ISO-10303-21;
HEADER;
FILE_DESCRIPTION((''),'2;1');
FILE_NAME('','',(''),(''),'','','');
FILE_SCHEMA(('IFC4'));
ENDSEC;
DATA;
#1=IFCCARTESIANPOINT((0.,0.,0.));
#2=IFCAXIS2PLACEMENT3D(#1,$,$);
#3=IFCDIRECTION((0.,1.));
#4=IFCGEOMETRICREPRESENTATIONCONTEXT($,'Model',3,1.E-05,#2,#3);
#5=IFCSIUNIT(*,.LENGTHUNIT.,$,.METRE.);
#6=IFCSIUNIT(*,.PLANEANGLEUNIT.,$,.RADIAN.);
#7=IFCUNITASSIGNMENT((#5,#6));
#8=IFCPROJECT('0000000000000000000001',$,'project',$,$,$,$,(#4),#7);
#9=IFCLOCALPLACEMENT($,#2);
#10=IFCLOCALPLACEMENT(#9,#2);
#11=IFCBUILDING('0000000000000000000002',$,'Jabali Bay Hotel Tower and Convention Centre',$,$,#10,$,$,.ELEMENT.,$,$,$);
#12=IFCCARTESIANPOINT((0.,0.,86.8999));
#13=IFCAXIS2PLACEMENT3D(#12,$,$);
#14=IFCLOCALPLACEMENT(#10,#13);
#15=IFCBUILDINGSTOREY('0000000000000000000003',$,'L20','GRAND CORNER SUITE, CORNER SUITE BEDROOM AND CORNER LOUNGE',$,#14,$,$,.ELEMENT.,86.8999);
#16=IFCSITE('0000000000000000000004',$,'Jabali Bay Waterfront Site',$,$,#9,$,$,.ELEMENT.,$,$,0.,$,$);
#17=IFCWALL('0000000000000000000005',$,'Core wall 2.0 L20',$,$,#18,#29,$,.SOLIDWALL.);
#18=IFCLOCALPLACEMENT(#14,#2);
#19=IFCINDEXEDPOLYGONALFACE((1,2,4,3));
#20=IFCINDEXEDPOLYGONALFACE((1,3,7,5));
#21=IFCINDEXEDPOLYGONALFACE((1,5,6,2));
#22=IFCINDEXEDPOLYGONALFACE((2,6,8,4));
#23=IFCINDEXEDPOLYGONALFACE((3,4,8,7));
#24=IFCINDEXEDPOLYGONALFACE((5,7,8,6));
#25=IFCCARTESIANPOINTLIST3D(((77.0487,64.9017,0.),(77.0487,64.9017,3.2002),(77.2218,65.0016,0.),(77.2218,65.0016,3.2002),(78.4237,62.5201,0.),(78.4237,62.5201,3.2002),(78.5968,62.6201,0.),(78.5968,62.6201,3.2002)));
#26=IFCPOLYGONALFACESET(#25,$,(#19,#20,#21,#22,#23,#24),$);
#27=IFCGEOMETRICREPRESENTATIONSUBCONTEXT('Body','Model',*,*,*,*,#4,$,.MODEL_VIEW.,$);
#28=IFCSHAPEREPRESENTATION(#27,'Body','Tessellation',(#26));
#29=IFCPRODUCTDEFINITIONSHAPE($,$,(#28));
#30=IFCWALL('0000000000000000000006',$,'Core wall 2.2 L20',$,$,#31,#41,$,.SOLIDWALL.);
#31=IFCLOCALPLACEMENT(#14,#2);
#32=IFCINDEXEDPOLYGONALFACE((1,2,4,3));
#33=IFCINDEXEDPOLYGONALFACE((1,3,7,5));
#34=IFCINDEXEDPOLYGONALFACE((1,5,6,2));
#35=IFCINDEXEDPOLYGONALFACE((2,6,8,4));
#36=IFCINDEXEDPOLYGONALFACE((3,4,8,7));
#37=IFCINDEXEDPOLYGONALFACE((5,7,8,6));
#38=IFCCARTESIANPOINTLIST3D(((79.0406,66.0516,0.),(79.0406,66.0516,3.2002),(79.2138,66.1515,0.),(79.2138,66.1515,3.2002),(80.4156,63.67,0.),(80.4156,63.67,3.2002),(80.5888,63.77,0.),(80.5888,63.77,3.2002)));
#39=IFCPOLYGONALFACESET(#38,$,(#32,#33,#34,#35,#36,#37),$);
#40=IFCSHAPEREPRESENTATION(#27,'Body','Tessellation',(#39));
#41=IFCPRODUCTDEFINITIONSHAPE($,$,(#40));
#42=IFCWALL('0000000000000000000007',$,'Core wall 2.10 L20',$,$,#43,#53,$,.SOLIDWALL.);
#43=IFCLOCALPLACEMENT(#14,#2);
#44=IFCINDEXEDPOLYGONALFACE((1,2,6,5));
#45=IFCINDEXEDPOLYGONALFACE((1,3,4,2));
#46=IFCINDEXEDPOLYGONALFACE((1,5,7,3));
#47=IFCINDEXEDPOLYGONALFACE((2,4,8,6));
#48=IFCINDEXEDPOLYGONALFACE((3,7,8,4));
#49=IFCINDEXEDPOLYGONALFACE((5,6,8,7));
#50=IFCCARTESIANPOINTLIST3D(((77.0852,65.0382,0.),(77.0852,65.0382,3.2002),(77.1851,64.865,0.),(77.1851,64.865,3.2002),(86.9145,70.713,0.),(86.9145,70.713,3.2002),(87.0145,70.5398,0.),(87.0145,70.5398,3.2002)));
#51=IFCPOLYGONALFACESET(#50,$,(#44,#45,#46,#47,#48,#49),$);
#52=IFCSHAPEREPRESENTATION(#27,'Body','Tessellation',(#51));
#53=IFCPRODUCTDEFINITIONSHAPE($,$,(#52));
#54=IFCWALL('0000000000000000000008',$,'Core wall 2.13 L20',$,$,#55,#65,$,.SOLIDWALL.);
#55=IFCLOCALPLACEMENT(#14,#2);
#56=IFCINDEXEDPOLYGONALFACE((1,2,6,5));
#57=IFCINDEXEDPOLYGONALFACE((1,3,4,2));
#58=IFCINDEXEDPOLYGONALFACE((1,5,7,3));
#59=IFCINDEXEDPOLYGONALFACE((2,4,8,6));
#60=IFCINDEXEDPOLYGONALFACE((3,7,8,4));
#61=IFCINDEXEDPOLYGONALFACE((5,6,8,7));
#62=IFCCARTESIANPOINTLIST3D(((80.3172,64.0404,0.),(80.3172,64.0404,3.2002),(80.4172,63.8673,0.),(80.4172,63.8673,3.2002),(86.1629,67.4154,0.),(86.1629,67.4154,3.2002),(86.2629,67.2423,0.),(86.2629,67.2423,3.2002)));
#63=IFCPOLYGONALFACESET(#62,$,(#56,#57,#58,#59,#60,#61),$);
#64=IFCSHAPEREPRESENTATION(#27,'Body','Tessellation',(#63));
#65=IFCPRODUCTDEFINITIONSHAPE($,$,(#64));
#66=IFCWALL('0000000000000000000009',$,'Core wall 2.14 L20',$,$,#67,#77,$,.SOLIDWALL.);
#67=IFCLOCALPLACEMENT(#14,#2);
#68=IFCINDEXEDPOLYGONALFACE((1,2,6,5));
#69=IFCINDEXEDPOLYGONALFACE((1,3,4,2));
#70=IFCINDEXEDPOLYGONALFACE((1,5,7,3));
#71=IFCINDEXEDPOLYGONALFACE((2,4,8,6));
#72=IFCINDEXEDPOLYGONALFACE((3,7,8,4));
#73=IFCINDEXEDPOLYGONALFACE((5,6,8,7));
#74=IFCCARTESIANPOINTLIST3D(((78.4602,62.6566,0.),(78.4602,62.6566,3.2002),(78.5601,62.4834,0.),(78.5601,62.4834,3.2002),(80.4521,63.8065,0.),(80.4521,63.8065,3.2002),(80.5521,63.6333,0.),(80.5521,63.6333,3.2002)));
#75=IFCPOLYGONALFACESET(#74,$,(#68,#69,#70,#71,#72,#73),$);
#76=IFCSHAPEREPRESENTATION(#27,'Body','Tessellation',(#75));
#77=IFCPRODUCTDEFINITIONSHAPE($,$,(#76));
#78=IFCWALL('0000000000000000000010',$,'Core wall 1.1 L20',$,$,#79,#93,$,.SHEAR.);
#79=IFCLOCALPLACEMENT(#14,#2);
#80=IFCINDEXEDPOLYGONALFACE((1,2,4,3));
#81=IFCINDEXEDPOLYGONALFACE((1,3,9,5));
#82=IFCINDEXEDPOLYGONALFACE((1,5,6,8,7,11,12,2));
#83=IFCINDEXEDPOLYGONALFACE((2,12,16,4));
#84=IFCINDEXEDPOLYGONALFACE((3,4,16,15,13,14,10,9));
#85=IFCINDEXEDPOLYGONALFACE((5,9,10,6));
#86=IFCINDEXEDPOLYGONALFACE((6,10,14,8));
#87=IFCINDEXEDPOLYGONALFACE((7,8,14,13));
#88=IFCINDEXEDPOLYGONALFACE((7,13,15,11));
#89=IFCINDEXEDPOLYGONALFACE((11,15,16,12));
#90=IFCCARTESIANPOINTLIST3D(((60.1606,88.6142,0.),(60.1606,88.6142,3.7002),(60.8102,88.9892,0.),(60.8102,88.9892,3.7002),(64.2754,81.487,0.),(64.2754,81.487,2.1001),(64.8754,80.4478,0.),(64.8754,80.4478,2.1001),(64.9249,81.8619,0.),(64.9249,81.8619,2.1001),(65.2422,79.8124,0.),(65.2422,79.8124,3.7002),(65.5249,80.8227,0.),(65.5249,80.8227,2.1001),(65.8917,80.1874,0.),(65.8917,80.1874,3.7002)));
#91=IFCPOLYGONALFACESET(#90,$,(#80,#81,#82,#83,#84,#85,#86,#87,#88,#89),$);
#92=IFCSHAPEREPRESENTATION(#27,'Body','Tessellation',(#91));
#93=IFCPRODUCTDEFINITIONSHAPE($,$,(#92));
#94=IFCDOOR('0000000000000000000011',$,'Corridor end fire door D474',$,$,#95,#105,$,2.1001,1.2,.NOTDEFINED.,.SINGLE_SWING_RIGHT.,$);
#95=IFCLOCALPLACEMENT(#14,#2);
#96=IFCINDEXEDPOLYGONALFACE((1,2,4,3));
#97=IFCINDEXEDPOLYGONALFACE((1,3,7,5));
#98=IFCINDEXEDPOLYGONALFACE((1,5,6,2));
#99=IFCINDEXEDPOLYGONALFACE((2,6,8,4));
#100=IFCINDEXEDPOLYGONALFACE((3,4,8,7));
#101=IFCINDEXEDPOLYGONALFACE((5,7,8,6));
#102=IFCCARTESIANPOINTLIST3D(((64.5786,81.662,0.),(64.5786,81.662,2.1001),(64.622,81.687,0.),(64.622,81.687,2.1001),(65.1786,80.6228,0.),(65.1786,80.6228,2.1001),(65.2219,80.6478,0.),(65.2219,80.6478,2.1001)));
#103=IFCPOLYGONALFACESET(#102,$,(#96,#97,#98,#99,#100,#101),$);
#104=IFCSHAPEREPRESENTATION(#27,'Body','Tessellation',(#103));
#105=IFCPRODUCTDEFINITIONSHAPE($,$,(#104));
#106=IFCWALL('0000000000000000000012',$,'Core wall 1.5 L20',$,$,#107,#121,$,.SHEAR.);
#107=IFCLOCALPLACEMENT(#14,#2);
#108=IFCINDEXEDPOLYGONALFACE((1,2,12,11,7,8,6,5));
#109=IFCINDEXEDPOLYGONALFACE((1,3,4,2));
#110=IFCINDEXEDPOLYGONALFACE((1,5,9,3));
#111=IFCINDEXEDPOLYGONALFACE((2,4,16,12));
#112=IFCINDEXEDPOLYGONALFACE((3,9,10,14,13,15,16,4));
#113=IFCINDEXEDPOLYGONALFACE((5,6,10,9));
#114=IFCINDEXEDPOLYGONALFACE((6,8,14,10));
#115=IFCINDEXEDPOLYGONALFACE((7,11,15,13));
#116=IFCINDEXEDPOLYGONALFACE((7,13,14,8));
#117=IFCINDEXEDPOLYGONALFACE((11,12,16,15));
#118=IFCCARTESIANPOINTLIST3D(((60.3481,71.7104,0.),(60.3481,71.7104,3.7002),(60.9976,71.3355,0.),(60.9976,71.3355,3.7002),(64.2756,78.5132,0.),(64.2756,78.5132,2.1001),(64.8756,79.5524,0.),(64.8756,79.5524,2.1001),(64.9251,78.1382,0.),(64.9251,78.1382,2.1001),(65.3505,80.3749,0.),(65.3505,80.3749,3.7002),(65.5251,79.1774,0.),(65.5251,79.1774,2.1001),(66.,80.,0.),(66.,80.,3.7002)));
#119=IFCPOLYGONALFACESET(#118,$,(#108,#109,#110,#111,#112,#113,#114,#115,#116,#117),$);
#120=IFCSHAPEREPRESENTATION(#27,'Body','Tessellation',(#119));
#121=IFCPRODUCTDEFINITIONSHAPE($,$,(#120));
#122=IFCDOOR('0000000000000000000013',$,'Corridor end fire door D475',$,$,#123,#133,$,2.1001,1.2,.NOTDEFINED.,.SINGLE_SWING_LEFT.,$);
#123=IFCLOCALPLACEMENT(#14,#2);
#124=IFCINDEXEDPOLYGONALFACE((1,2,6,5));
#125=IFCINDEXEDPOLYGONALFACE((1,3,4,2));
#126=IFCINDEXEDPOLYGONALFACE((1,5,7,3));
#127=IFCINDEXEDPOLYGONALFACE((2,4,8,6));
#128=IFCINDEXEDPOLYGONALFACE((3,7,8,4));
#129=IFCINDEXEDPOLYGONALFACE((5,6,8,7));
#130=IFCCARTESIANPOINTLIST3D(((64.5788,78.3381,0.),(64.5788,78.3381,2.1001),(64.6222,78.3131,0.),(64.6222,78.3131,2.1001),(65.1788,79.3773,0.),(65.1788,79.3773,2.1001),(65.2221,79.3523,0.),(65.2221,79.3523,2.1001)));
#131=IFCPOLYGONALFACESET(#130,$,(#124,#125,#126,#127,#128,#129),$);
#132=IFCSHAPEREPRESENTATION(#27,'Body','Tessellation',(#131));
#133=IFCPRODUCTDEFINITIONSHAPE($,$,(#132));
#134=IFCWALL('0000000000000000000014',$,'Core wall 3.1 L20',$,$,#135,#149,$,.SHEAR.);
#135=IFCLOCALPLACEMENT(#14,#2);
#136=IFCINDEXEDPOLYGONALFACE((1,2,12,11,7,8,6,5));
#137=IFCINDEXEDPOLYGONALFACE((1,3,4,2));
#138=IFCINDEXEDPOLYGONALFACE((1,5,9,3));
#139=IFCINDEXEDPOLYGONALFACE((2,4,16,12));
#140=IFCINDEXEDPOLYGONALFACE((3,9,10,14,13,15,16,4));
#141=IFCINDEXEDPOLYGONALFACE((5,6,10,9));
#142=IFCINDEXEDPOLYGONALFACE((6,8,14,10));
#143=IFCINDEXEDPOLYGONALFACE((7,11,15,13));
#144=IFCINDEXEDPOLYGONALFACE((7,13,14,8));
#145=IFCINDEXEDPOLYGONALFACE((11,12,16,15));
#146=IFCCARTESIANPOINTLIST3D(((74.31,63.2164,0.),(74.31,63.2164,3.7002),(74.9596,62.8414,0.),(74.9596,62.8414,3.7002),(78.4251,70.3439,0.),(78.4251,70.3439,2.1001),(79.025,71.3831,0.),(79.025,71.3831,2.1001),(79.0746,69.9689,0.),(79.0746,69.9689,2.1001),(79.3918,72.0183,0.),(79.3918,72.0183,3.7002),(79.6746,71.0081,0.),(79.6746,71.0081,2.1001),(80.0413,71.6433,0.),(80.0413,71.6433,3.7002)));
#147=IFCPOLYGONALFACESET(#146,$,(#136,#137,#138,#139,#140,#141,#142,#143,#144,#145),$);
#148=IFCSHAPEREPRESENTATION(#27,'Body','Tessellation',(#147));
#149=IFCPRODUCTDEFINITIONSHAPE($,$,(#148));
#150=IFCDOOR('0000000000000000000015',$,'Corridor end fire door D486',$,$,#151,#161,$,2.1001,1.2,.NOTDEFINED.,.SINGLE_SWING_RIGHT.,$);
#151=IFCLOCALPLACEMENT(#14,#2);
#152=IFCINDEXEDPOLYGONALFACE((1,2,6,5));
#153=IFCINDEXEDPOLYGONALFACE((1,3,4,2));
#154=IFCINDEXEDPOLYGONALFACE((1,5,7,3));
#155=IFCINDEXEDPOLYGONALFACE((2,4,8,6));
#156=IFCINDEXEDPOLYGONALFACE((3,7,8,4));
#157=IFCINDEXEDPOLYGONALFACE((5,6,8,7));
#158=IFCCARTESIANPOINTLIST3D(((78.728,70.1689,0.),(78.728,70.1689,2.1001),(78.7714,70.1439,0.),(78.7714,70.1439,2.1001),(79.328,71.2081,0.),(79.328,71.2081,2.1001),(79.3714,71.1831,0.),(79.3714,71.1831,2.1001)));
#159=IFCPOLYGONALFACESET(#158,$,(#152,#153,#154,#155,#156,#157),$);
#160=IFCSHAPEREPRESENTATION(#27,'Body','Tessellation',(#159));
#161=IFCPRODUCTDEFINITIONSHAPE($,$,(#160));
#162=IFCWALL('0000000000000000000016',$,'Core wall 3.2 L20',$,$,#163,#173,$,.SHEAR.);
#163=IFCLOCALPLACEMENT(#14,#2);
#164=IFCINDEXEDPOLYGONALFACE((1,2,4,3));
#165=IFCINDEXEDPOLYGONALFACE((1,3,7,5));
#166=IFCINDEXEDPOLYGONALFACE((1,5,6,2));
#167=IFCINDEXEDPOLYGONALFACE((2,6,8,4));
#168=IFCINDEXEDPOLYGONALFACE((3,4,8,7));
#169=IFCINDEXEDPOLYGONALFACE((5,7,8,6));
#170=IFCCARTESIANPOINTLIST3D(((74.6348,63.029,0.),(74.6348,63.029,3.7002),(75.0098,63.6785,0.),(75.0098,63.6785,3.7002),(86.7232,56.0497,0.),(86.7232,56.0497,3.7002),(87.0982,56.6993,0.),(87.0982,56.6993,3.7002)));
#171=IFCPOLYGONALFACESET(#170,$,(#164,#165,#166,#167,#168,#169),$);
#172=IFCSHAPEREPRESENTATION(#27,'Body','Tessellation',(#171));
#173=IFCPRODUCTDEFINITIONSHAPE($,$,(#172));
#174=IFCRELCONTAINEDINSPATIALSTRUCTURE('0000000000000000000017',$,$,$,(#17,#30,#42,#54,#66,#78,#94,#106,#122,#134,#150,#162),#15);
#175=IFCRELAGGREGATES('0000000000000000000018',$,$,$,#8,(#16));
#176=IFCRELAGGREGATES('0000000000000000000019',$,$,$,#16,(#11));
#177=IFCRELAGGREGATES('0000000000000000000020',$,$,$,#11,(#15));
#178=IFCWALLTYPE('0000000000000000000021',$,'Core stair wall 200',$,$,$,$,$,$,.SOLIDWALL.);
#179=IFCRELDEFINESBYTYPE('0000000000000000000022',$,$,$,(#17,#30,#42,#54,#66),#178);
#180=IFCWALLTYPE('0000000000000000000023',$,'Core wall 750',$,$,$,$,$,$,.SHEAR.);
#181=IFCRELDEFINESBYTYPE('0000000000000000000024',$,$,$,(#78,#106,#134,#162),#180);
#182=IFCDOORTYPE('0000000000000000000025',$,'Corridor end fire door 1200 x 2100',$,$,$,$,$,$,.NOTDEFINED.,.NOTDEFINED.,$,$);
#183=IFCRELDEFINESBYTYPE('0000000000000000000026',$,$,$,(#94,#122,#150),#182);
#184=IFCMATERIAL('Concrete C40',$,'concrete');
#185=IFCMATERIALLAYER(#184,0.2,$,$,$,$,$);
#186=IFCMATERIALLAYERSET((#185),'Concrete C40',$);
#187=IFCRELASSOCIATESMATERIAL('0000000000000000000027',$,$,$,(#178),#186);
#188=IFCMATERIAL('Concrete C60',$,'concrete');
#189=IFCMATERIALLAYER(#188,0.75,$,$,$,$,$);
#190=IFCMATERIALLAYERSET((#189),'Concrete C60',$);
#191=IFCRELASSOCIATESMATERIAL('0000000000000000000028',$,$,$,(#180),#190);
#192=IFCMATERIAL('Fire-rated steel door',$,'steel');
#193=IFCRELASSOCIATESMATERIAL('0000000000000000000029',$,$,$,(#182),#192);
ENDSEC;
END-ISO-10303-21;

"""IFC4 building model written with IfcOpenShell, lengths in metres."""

from ifc_helpers import new_model, si_unit, direction, frame, frame_2d, origin, place, context, subcontext, project, spatial, rectangle, extrude, material, layer, layer_set, type_object, element, fill, save


model = new_model("IFC4")

# Units and contexts
model_context = context("Model", 3, precision=1e-05, world=origin(), true_north=direction((0.0, 1.0)))
body_context = subcontext(model_context, "Body", "Model", "MODEL_VIEW")
ifc_project = project(units=[si_unit("LENGTHUNIT", "METRE"), si_unit("PLANEANGLEUNIT", "RADIAN")], contexts=[model_context])

# Site, building, storey
site_placement = place(None, origin())
site = spatial("IfcSite", under=ifc_project, at=site_placement, Name="Jabali Bay Waterfront Site", CompositionType="ELEMENT", RefElevation=0.0)
building_placement = place(site_placement, origin())
building = spatial("IfcBuilding", under=site, at=building_placement, Name="Jabali Bay Hotel Tower and Convention Centre", CompositionType="ELEMENT")
storey_placement = place(building_placement, frame((0.0, 0.0, 86.8999)))
storey = spatial("IfcBuildingStorey", under=building, at=storey_placement, Name="L20", Description="GRAND CORNER SUITE, CORNER SUITE BEDROOM AND CORNER LOUNGE", CompositionType="ELEMENT", Elevation=86.8999)

# Shared definitions
ifc_material_1 = material(Name="Concrete C40", Category="concrete")
ifc_material_2 = material(Name="Fire-rated steel door", Category="steel")

# Shared definitions
ifc_layer_1 = layer(ifc_material_1, 0.2)
ifc_layer_set_1 = layer_set([ifc_layer_1], Name="Concrete C40")
wall_type_1 = type_object("IfcWallType", Name="Core stair wall 200", PredefinedType="SOLIDWALL", material=ifc_layer_set_1)

# Walls
for number, where, z_axis, x_axis, name in (
    (1, (77.1353, 64.9517, 0.0), (0.0, 0.0, 1.0), (0.499997, -0.866027, 0.0), "Core wall 2.0 L20"),
    (2, (79.1272, 66.1016, 0.0), (0.0, 0.0, 1.0), (0.499997, -0.866027, 0.0), "Core wall 2.2 L20"),
):
    element("IfcWall", number, at=place(storey_placement, frame(where, z_axis=z_axis, x_axis=x_axis)), inside=storey, type_object=wall_type_1, Name=name, PredefinedType="SOLIDWALL", context=body_context, shape_type="SweptSolid", body=[
        extrude(rectangle(XDim=2.75, YDim=0.2, at=frame_2d((1.375, 0.0))), origin(), (0.0, 0.0, 1.0), 3.2002),
    ])
wall_1_placement = place(storey_placement, frame((77.1353, 64.9517, 0.0), z_axis=(0.0, 0.0, 1.0), x_axis=(0.866032, 0.499989, 0.0)))
element("IfcWall", 3, at=wall_1_placement, inside=storey, type_object=wall_type_1, Name="Core wall 2.10 L20", PredefinedType="SOLIDWALL", context=body_context, shape_type="SweptSolid", body=[
    extrude(rectangle(XDim=11.3499, YDim=0.2, at=frame_2d((5.6748, 0.0))), origin(), (0.0, 0.0, 1.0), 3.2002),
])
wall_2_placement = place(storey_placement, frame((80.3672, 63.9539, 0.0), z_axis=(0.0, 0.0, 1.0), x_axis=(0.866027, 0.499998, 0.0)))
element("IfcWall", 4, at=wall_2_placement, inside=storey, type_object=wall_type_1, Name="Core wall 2.13 L20", PredefinedType="SOLIDWALL", context=body_context, shape_type="SweptSolid", body=[
    extrude(rectangle(XDim=6.75, YDim=0.2, at=frame_2d((3.375, 0.0))), origin(), (0.0, 0.0, 1.0), 3.2002),
])
wall_3_placement = place(storey_placement, frame((78.5103, 62.5701, 0.0), z_axis=(0.0, 0.0, 1.0), x_axis=(0.866053, 0.499952, 0.0)))
element("IfcWall", 5, at=wall_3_placement, inside=storey, type_object=wall_type_1, Name="Core wall 2.14 L20", PredefinedType="SOLIDWALL", context=body_context, shape_type="SweptSolid", body=[
    extrude(rectangle(XDim=2.3, YDim=0.2, at=frame_2d((1.1499, 0.0))), origin(), (0.0, 0.0, 1.0), 3.2002),
])

# Walls, openings, doors
ifc_material_3 = material(Name="Concrete C60", Category="concrete")
ifc_layer_2 = layer(ifc_material_3, 0.75)
ifc_layer_set_2 = layer_set([ifc_layer_2], Name="Concrete C60")
wall_type_2 = type_object("IfcWallType", Name="Core wall 750", PredefinedType="SHEAR", material=ifc_layer_set_2)
wall_4_placement = place(storey_placement, frame((65.5669, 80.0, 0.0), z_axis=(0.0, 0.0, 1.0), x_axis=(-0.499989, 0.866032, 0.0)))
wall_4 = element("IfcWall", 6, at=wall_4_placement, inside=storey, type_object=wall_type_2, Name="Core wall 1.1 L20", PredefinedType="SHEAR", context=body_context, shape_type="SweptSolid", body=[
    extrude(rectangle(XDim=10.1633, YDim=0.75, at=frame_2d((5.0815, 0.0))), origin(), (0.0, 0.0, 1.0), 3.7002),
])
opening_1_placement = place(wall_4_placement, frame((0.7334, 0.0, 0.0)))
opening_1 = element("IfcOpeningElement", 7, at=opening_1_placement, cuts=wall_4, PredefinedType="OPENING", context=body_context, shape_type="SweptSolid", body=[
    extrude(rectangle(XDim=1.2, YDim=2.1001, at=frame_2d((0.6001, 1.05))), frame((0.0, 0.3855, 0.0), z_axis=(0.0, -1.0, 0.0), x_axis=(1.0, 0.0, 0.0)), (0.0, 0.0, 1.0), 0.771),
])
door_type_1 = type_object("IfcDoorType", Name="Corridor end fire door 1200 x 2100", OperationType="NOTDEFINED", PredefinedType="NOTDEFINED", material=ifc_material_2)
door_1_placement = place(opening_1_placement, origin())
door_1 = element("IfcDoor", 8, at=door_1_placement, inside=storey, type_object=door_type_1, Name="Corridor end fire door D474", OperationType="SINGLE_SWING_RIGHT", OverallHeight=2.1001, OverallWidth=1.2, PredefinedType="NOTDEFINED", context=body_context, shape_type="SweptSolid", body=[
    extrude(rectangle(XDim=1.2, YDim=2.1001, at=frame_2d((0.6001, 1.05))), frame((0.0, 0.0249, 0.0), z_axis=(0.0, -1.0, 0.0), x_axis=(1.0, 0.0, 0.0)), (0.0, 0.0, 1.0), 0.05),
])
fill(opening_1, door_1)
wall_5_placement = place(storey_placement, frame((60.6729, 71.5229, 0.0), z_axis=(0.0, 0.0, 1.0), x_axis=(0.499997, 0.866027, 0.0)))
wall_5 = element("IfcWall", 9, at=wall_5_placement, inside=storey, type_object=wall_type_2, Name="Core wall 1.5 L20", PredefinedType="SHEAR", context=body_context, shape_type="SweptSolid", body=[
    extrude(rectangle(XDim=10.0049, YDim=0.75, at=frame_2d((5.0024, 0.0))), origin(), (0.0, 0.0, 1.0), 3.7002),
])
opening_2_placement = place(wall_5_placement, frame((7.855, 0.0, 0.0)))
opening_2 = element("IfcOpeningElement", 10, at=opening_2_placement, cuts=wall_5, PredefinedType="OPENING", context=body_context, shape_type="SweptSolid", body=[
    extrude(rectangle(XDim=1.2, YDim=2.1001, at=frame_2d((0.6001, 1.05))), frame((0.0, 0.3855, 0.0), z_axis=(0.0, -1.0, 0.0), x_axis=(1.0, 0.0, 0.0)), (0.0, 0.0, 1.0), 0.771),
])
door_2_placement = place(opening_2_placement, origin())
door_2 = element("IfcDoor", 11, at=door_2_placement, inside=storey, type_object=door_type_1, Name="Corridor end fire door D475", OperationType="SINGLE_SWING_LEFT", OverallHeight=2.1001, OverallWidth=1.2, PredefinedType="NOTDEFINED", context=body_context, shape_type="SweptSolid", body=[
    extrude(rectangle(XDim=1.2, YDim=2.1001, at=frame_2d((0.6001, 1.05))), frame((0.0, 0.0249, 0.0), z_axis=(0.0, -1.0, 0.0), x_axis=(1.0, 0.0, 0.0)), (0.0, 0.0, 1.0), 0.05),
])
fill(opening_2, door_2)
wall_6_placement = place(storey_placement, frame((79.7166, 71.8308, 0.0), z_axis=(0.0, 0.0, 1.0), x_axis=(-0.499996, -0.866028, 0.0)))
wall_6 = element("IfcWall", 12, at=wall_6_placement, inside=storey, type_object=wall_type_2, Name="Core wall 3.1 L20", PredefinedType="SHEAR", context=body_context, shape_type="SweptSolid", body=[
    extrude(rectangle(XDim=10.1636, YDim=0.75, at=frame_2d((5.0818, 0.0))), origin(), (0.0, 0.0, 1.0), 3.7002),
])
opening_3_placement = place(wall_6_placement, frame((0.7334, 0.0, 0.0)))
opening_3 = element("IfcOpeningElement", 13, at=opening_3_placement, cuts=wall_6, PredefinedType="OPENING", context=body_context, shape_type="SweptSolid", body=[
    extrude(rectangle(XDim=1.2, YDim=2.1001, at=frame_2d((0.6001, 1.05))), frame((0.0, 0.3855, 0.0), z_axis=(0.0, -1.0, 0.0), x_axis=(1.0, 0.0, 0.0)), (0.0, 0.0, 1.0), 0.771),
])
door_3_placement = place(opening_3_placement, origin())
door_3 = element("IfcDoor", 14, at=door_3_placement, inside=storey, type_object=door_type_1, Name="Corridor end fire door D486", OperationType="SINGLE_SWING_RIGHT", OverallHeight=2.1001, OverallWidth=1.2, PredefinedType="NOTDEFINED", context=body_context, shape_type="SweptSolid", body=[
    extrude(rectangle(XDim=1.2, YDim=2.1001, at=frame_2d((0.6001, 1.05))), frame((0.0, 0.0249, 0.0), z_axis=(0.0, -1.0, 0.0), x_axis=(1.0, 0.0, 0.0)), (0.0, 0.0, 1.0), 0.05),
])
fill(opening_3, door_3)

# Wall
wall_7_placement = place(storey_placement, frame((74.8223, 63.3538, 0.0), z_axis=(0.0, 0.0, 1.0), x_axis=(0.866025, -0.500001, 0.0)))
element("IfcWall", 15, at=wall_7_placement, inside=storey, type_object=wall_type_2, Name="Core wall 3.2 L20", PredefinedType="SHEAR", context=body_context, shape_type="SweptSolid", body=[
    extrude(rectangle(XDim=13.9585, YDim=0.75, at=frame_2d((6.9792, 0.0))), origin(), (0.0, 0.0, 1.0), 3.7002),
])

save(model, "model.ifc")
